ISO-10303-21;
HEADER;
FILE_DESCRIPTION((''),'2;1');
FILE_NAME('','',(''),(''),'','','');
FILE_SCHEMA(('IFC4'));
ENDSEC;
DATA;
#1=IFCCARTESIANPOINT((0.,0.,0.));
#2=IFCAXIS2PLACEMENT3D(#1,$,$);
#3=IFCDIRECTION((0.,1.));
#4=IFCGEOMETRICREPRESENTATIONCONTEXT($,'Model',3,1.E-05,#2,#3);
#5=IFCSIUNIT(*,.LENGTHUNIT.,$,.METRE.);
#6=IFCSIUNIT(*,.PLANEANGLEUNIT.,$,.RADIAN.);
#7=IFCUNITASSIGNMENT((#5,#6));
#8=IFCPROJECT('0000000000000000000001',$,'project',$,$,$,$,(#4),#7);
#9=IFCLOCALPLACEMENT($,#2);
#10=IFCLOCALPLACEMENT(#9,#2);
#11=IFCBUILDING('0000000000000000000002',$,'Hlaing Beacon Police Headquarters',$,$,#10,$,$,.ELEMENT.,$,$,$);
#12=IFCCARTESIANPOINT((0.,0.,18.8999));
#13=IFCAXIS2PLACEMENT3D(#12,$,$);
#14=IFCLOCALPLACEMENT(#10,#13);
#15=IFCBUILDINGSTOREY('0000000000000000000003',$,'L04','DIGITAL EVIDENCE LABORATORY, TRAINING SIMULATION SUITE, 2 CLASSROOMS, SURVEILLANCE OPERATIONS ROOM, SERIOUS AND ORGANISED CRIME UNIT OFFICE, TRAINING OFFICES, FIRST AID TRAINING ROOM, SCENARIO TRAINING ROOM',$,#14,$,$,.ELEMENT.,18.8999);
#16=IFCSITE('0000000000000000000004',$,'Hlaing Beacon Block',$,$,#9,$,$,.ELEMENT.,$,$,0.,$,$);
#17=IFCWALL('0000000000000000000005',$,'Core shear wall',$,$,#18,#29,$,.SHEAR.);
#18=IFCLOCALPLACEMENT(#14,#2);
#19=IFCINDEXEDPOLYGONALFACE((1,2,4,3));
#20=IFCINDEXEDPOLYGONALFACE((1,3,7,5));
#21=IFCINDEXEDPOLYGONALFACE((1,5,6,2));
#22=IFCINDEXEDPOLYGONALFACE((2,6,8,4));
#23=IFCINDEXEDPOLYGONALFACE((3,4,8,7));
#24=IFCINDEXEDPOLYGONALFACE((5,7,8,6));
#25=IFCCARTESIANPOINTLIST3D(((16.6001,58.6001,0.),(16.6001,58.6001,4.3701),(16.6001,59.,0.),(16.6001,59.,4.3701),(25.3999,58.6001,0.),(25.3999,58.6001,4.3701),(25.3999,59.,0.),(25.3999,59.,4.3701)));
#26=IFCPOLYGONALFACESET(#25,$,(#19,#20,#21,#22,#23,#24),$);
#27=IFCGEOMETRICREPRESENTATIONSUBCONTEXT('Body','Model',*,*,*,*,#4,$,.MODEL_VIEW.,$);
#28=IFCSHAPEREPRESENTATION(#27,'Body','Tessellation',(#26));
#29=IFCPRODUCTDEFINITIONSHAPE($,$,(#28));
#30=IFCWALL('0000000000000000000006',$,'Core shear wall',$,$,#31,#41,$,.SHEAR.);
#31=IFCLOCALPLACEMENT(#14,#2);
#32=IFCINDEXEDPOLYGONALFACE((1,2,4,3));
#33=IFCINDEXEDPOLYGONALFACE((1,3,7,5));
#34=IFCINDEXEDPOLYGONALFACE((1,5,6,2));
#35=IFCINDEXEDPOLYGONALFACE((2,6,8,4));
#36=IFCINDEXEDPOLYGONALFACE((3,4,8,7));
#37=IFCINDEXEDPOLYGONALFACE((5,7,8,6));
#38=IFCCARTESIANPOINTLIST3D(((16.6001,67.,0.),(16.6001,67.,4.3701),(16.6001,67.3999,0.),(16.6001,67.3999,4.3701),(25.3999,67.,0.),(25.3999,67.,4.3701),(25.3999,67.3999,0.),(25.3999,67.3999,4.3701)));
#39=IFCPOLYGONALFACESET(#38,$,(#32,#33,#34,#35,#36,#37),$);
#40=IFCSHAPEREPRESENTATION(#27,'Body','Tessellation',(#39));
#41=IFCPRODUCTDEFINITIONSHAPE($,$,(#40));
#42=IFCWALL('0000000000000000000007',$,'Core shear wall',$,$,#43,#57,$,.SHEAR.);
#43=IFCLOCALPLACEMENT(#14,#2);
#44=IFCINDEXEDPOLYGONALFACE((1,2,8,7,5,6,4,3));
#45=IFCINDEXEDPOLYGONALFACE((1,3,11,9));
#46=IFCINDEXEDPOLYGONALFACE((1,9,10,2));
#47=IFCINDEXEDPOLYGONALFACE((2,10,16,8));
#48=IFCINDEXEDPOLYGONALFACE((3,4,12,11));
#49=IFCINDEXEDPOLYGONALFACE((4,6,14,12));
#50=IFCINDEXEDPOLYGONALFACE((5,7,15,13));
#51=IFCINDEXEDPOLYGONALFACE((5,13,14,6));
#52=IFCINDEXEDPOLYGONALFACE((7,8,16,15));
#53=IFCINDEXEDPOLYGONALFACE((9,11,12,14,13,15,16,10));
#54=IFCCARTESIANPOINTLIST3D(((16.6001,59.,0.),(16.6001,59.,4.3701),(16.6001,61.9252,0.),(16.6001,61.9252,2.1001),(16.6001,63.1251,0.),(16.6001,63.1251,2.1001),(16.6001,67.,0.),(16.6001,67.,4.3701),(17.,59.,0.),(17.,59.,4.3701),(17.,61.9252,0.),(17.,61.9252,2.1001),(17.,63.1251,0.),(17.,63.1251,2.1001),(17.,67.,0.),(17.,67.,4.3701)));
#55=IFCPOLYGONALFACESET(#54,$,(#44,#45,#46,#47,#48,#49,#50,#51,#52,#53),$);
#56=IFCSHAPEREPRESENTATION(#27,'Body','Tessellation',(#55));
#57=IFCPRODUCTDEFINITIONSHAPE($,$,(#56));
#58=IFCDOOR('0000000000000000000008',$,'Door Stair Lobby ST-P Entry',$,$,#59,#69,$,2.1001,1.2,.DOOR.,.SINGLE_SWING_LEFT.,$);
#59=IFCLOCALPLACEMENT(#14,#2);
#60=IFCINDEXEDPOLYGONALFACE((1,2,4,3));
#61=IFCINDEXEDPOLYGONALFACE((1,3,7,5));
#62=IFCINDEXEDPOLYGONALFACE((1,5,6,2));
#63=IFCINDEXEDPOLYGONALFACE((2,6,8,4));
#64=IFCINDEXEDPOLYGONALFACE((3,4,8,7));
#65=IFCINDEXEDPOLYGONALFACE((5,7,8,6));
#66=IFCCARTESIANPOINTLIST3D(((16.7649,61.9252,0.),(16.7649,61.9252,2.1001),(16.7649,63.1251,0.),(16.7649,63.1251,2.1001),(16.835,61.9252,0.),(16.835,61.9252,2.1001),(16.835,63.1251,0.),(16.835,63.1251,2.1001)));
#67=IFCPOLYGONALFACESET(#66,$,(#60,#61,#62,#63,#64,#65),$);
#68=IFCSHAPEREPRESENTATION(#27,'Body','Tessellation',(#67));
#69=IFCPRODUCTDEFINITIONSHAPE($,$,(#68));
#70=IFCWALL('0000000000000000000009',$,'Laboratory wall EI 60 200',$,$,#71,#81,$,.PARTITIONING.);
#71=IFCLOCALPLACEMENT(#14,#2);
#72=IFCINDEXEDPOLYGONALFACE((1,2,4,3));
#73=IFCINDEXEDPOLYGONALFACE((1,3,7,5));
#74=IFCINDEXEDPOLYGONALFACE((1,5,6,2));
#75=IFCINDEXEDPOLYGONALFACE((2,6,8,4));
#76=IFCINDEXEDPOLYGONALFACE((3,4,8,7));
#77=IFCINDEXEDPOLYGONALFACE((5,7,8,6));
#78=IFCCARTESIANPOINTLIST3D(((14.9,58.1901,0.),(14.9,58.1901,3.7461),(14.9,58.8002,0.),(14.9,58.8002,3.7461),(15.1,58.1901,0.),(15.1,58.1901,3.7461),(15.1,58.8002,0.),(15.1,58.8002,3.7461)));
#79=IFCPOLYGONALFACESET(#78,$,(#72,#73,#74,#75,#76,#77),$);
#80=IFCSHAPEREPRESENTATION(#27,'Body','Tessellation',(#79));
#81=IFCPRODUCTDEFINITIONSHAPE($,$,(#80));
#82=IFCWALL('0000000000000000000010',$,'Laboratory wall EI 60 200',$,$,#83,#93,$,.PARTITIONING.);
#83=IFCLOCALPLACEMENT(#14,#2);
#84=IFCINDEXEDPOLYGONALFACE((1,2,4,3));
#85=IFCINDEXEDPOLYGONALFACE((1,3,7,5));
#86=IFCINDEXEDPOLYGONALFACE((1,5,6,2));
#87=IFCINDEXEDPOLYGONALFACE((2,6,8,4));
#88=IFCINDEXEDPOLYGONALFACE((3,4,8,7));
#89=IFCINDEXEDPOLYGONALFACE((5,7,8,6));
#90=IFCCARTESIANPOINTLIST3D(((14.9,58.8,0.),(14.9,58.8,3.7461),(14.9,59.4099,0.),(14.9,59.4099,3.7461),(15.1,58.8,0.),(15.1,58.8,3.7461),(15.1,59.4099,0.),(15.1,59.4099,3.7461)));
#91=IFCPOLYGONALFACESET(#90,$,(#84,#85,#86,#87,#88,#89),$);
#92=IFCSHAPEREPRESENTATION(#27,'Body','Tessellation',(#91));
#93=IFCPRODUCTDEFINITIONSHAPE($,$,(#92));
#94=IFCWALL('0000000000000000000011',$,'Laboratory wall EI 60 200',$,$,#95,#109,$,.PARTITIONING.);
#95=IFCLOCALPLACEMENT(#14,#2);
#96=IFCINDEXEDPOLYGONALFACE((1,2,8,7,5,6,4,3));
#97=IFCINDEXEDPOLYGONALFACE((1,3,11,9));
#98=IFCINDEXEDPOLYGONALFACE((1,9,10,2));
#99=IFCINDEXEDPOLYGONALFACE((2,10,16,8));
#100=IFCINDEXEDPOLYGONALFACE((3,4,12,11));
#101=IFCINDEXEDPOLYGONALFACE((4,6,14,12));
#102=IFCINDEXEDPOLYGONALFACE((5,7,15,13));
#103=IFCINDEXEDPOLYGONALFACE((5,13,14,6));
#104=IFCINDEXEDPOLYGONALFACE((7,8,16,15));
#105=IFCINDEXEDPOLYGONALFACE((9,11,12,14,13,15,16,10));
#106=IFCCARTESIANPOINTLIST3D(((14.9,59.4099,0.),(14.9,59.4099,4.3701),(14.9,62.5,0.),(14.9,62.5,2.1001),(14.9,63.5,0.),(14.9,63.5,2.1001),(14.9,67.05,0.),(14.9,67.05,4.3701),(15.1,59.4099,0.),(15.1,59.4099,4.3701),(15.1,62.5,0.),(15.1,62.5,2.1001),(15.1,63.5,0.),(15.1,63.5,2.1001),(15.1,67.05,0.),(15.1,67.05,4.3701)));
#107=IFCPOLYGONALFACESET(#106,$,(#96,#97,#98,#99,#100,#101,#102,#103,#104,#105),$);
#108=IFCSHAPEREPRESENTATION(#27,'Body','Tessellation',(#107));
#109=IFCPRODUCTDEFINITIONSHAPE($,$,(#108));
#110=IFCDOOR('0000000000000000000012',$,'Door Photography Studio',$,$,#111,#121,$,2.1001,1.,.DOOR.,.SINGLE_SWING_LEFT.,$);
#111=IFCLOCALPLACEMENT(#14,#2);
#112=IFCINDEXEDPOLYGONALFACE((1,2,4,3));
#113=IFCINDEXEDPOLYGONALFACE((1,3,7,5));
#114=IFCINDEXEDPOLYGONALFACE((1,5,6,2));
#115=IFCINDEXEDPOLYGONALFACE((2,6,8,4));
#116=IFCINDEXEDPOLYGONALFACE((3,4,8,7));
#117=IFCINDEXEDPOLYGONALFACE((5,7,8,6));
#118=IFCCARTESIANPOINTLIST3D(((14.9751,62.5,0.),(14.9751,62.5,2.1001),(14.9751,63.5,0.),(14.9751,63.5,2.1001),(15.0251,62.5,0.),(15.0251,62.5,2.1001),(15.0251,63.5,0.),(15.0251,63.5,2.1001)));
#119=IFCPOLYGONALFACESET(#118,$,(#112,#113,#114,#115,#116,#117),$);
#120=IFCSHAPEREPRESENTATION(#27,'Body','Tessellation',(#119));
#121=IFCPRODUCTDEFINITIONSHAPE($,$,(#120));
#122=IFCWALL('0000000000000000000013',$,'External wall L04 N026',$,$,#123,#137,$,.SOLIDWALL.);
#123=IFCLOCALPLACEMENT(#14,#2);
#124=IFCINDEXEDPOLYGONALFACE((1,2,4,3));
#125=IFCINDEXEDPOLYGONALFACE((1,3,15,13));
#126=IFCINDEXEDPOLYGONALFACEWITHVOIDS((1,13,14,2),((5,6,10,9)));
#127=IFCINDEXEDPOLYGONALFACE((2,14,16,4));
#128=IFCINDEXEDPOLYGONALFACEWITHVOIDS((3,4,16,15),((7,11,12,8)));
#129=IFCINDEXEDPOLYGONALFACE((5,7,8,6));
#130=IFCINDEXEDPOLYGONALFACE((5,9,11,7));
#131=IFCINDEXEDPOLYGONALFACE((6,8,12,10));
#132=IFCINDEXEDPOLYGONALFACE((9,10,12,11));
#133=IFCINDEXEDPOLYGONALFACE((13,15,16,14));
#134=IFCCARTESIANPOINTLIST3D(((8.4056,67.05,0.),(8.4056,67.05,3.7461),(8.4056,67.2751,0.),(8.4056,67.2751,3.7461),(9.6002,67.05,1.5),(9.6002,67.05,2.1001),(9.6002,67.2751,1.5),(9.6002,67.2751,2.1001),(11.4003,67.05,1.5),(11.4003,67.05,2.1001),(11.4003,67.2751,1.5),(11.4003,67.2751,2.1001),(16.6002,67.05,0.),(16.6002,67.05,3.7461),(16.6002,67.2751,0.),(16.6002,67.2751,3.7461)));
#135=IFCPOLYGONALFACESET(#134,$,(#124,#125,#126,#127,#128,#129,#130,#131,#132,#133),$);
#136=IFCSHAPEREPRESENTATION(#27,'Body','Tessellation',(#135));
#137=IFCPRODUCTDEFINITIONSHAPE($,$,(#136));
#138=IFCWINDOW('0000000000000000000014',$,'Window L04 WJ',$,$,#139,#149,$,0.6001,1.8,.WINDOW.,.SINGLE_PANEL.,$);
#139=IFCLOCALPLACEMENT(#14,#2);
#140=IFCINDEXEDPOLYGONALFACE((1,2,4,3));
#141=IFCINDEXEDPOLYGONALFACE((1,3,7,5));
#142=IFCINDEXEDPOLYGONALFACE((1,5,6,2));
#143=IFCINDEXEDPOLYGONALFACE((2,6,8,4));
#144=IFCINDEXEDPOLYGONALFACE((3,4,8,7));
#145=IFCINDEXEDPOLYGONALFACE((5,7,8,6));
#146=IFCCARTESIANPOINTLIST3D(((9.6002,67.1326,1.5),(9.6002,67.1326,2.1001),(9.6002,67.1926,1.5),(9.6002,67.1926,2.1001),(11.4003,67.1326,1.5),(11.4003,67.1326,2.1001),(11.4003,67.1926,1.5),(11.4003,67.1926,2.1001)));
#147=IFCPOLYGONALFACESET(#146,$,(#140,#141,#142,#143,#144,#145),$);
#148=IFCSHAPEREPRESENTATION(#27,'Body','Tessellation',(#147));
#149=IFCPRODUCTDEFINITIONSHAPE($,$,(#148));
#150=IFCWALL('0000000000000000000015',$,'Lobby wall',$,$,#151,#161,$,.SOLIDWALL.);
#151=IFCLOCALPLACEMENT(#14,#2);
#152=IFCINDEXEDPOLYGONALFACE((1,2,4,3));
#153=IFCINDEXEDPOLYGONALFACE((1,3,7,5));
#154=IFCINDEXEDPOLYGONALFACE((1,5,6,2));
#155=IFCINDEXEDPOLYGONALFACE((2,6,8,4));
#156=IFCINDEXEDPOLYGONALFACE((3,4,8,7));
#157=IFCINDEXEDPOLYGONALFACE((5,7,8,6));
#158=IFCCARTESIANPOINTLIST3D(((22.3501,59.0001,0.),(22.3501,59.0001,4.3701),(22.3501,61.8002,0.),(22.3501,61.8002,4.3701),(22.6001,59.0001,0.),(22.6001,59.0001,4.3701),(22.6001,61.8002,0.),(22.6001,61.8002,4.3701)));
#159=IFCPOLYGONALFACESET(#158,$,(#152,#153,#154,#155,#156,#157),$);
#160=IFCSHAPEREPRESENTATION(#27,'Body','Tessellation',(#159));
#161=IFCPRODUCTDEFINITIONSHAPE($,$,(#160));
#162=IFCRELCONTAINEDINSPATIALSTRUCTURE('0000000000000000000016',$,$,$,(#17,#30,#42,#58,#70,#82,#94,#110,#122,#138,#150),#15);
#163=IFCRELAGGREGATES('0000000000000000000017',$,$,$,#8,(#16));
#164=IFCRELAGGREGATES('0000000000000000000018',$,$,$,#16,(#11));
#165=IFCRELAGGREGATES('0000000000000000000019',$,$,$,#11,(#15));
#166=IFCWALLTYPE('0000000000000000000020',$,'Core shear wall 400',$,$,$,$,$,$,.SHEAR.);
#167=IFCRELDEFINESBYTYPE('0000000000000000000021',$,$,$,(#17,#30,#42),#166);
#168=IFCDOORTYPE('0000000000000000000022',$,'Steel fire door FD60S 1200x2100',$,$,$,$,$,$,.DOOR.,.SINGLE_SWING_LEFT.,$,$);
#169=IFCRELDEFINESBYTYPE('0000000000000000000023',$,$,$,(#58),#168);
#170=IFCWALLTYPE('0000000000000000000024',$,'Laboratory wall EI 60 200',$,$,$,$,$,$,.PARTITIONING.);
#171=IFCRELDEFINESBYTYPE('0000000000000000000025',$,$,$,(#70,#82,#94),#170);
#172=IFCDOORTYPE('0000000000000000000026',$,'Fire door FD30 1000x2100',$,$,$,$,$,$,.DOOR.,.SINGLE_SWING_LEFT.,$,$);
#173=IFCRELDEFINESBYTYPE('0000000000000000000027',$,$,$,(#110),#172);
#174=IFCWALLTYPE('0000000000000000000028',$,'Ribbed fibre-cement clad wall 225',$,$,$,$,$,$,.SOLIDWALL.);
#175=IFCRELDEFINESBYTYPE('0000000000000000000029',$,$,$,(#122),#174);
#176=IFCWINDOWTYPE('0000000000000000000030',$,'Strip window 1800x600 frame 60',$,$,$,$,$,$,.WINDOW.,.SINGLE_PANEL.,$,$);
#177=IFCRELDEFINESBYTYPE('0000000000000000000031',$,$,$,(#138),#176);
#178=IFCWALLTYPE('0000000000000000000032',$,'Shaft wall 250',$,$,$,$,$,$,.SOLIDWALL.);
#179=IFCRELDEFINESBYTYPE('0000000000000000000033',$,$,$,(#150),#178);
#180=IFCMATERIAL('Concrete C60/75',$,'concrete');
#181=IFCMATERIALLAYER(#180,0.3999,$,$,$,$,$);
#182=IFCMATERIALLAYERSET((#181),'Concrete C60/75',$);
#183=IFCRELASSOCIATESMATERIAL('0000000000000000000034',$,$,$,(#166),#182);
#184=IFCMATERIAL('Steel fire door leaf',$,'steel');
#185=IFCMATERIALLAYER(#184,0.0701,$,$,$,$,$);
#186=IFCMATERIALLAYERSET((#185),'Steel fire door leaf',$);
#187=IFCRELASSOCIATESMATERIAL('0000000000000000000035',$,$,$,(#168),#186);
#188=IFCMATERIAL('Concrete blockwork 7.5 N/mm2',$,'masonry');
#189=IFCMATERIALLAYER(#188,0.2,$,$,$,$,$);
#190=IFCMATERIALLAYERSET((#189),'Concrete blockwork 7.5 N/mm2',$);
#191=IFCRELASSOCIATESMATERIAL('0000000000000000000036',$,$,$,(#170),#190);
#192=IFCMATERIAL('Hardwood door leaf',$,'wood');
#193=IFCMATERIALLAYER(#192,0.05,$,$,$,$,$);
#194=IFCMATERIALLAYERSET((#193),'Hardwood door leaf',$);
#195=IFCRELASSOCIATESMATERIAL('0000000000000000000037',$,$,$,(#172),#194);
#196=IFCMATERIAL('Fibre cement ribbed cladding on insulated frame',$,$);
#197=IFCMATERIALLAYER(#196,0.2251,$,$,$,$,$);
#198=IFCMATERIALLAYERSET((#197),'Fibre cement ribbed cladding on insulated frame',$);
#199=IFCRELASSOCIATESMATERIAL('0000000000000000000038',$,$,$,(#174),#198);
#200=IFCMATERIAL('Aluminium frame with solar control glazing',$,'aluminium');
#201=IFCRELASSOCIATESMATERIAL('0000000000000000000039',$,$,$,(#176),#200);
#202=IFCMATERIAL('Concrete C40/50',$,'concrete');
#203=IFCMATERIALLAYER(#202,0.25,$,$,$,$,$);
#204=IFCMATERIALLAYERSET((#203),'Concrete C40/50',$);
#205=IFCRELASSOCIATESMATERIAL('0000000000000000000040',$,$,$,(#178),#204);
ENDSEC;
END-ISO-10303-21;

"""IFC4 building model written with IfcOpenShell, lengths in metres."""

from ifc_helpers import new_model, si_unit, direction, frame, frame_2d, origin, place, context, subcontext, project, spatial, rectangle, extrude, material, layer, layer_set, type_object, element, fill, save


model = new_model("IFC4")

# Units and contexts
model_context = context("Model", 3, precision=1e-05, world=origin(), true_north=direction((0.0, 1.0)))
body_context = subcontext(model_context, "Body", "Model", "MODEL_VIEW")
ifc_project = project(units=[si_unit("LENGTHUNIT", "METRE"), si_unit("PLANEANGLEUNIT", "RADIAN")], contexts=[model_context])

# Site, building, storey
site_placement = place(None, origin())
site = spatial("IfcSite", under=ifc_project, at=site_placement, Name="Hlaing Beacon Block", CompositionType="ELEMENT", RefElevation=0.0)
building_placement = place(site_placement, origin())
building = spatial("IfcBuilding", under=site, at=building_placement, Name="Hlaing Beacon Police Headquarters", CompositionType="ELEMENT")
storey_placement = place(building_placement, frame((0.0, 0.0, 18.8999)))
storey = spatial("IfcBuildingStorey", under=building, at=storey_placement, Name="L04", Description="DIGITAL EVIDENCE LABORATORY, TRAINING SIMULATION SUITE, 2 CLASSROOMS, SURVEILLANCE OPERATIONS ROOM, SERIOUS AND ORGANISED CRIME UNIT OFFICE, TRAINING OFFICES, FIRST AID TRAINING ROOM, SCENARIO TRAINING ROOM", CompositionType="ELEMENT", Elevation=18.8999)

# Walls
ifc_material_1 = material(Name="Concrete C60/75", Category="concrete")
ifc_layer_1 = layer(ifc_material_1, 0.3999)
ifc_layer_set_1 = layer_set([ifc_layer_1], Name="Concrete C60/75")
wall_type_1 = type_object("IfcWallType", Name="Core shear wall 400", PredefinedType="SHEAR", material=ifc_layer_set_1)
for number, where, z_axis, x_axis, name in (
    (1, (16.6001, 58.8, 0.0), (0.0, 0.0, 1.0), (1.0, 0.0, 0.0), "Core shear wall"),
    (2, (16.6001, 67.2, 0.0), (0.0, 0.0, 1.0), (1.0, 0.0, 0.0), "Core shear wall"),
):
    element("IfcWall", number, at=place(storey_placement, frame(where, z_axis=z_axis, x_axis=x_axis)), inside=storey, type_object=wall_type_1, Name=name, PredefinedType="SHEAR", context=body_context, shape_type="SweptSolid", body=[
        extrude(rectangle(XDim=8.7998, YDim=0.3999, at=frame_2d((4.3999, 0.0))), origin(), (0.0, 0.0, 1.0), 4.3701),
    ])

# Wall, opening, door
wall_1_placement = place(storey_placement, frame((16.8, 59.0, 0.0), z_axis=(0.0, 0.0, 1.0), x_axis=(0.0, 1.0, 0.0)))
wall_1 = element("IfcWall", 3, at=wall_1_placement, inside=storey, type_object=wall_type_1, Name="Core shear wall", PredefinedType="SHEAR", context=body_context, shape_type="SweptSolid", body=[
    extrude(rectangle(XDim=8.0, YDim=0.3999, at=frame_2d((4.0, 0.0))), origin(), (0.0, 0.0, 1.0), 4.3701),
])
opening_1_placement = place(wall_1_placement, frame((2.925, 0.0, 0.0)))
opening_1 = element("IfcOpeningElement", 4, at=opening_1_placement, cuts=wall_1, PredefinedType="OPENING", context=body_context, shape_type="SweptSolid", body=[
    extrude(rectangle(XDim=1.2, YDim=2.1001, at=frame_2d((0.6001, 1.05))), frame((0.0, 0.21, 0.0), z_axis=(0.0, -1.0, 0.0), x_axis=(1.0, 0.0, 0.0)), (0.0, 0.0, 1.0), 0.4199),
])
ifc_material_2 = material(Name="Steel fire door leaf", Category="steel")
ifc_layer_2 = layer(ifc_material_2, 0.0701)
ifc_layer_set_2 = layer_set([ifc_layer_2], Name="Steel fire door leaf")
door_type_1 = type_object("IfcDoorType", Name="Steel fire door FD60S 1200x2100", OperationType="SINGLE_SWING_LEFT", PredefinedType="DOOR", material=ifc_layer_set_2)
door_1_placement = place(opening_1_placement, frame((1.2, 0.0, 0.0), z_axis=(0.0, 0.0, 1.0), x_axis=(-1.0, 0.0, 0.0)))
door_1 = element("IfcDoor", 5, at=door_1_placement, inside=storey, type_object=door_type_1, Name="Door Stair Lobby ST-P Entry", OperationType="SINGLE_SWING_LEFT", OverallHeight=2.1001, OverallWidth=1.2, PredefinedType="DOOR", context=body_context, shape_type="SweptSolid", body=[
    extrude(rectangle(XDim=1.2, YDim=2.1001, at=frame_2d((0.5999, 1.05))), frame((0.0, 0.0349, 0.0), z_axis=(0.0, -1.0, 0.0), x_axis=(1.0, 0.0, 0.0)), (0.0, 0.0, 1.0), 0.0701),
])
fill(opening_1, door_1)

# Walls
ifc_material_3 = material(Name="Concrete blockwork 7.5 N/mm2", Category="masonry")
ifc_layer_3 = layer(ifc_material_3, 0.2)
ifc_layer_set_3 = layer_set([ifc_layer_3], Name="Concrete blockwork 7.5 N/mm2")
wall_type_2 = type_object("IfcWallType", Name="Laboratory wall EI 60 200", PredefinedType="PARTITIONING", material=ifc_layer_set_3)
wall_2_placement = place(storey_placement, frame((15.0, 58.1899, 0.0), z_axis=(0.0, 0.0, 1.0), x_axis=(0.0, 1.0, 0.0)))
element("IfcWall", 6, at=wall_2_placement, inside=storey, type_object=wall_type_2, Name="Laboratory wall EI 60 200", PredefinedType="PARTITIONING", context=body_context, shape_type="SweptSolid", body=[
    extrude(rectangle(XDim=0.6101, YDim=0.2, at=frame_2d((0.3052, 0.0))), origin(), (0.0, 0.0, 1.0), 3.7461),
])
wall_3_placement = place(storey_placement, frame((15.0, 58.8, 0.0), z_axis=(0.0, 0.0, 1.0), x_axis=(0.0, 1.0, 0.0)))
element("IfcWall", 7, at=wall_3_placement, inside=storey, type_object=wall_type_2, Name="Laboratory wall EI 60 200", PredefinedType="PARTITIONING", context=body_context, shape_type="SweptSolid", body=[
    extrude(rectangle(XDim=0.6099, YDim=0.2, at=frame_2d((0.3049, 0.0))), origin(), (0.0, 0.0, 1.0), 3.7461),
])

# Wall, opening, door
wall_4_placement = place(storey_placement, frame((15.0, 59.4099, 0.0), z_axis=(0.0, 0.0, 1.0), x_axis=(0.0, 1.0, 0.0)))
wall_4 = element("IfcWall", 8, at=wall_4_placement, inside=storey, type_object=wall_type_2, Name="Laboratory wall EI 60 200", PredefinedType="PARTITIONING", context=body_context, shape_type="SweptSolid", body=[
    extrude(rectangle(XDim=7.6401, YDim=0.2, at=frame_2d((3.8201, 0.0))), origin(), (0.0, 0.0, 1.0), 4.3701),
])
opening_2_placement = place(wall_4_placement, frame((3.0901, 0.0, 0.0)))
opening_2 = element("IfcOpeningElement", 9, at=opening_2_placement, cuts=wall_4, PredefinedType="OPENING", context=body_context, shape_type="SweptSolid", body=[
    extrude(rectangle(XDim=1.0, YDim=2.1001, at=frame_2d((0.5, 1.05))), frame((0.0, 0.1099, 0.0), z_axis=(0.0, -1.0, 0.0), x_axis=(1.0, 0.0, 0.0)), (0.0, 0.0, 1.0), 0.22),
])
ifc_material_4 = material(Name="Hardwood door leaf", Category="wood")
ifc_layer_4 = layer(ifc_material_4, 0.05)
ifc_layer_set_4 = layer_set([ifc_layer_4], Name="Hardwood door leaf")
door_type_2 = type_object("IfcDoorType", Name="Fire door FD30 1000x2100", OperationType="SINGLE_SWING_LEFT", PredefinedType="DOOR", material=ifc_layer_set_4)
door_2_placement = place(opening_2_placement, origin())
door_2 = element("IfcDoor", 10, at=door_2_placement, inside=storey, type_object=door_type_2, Name="Door Photography Studio", OperationType="SINGLE_SWING_LEFT", OverallHeight=2.1001, OverallWidth=1.0, PredefinedType="DOOR", context=body_context, shape_type="SweptSolid", body=[
    extrude(rectangle(XDim=1.0, YDim=2.1001, at=frame_2d((0.5, 1.05))), frame((0.0, 0.0249, 0.0), z_axis=(0.0, -1.0, 0.0), x_axis=(1.0, 0.0, 0.0)), (0.0, 0.0, 1.0), 0.05),
])
fill(opening_2, door_2)

# Wall, opening, window
ifc_material_5 = material(Name="Fibre cement ribbed cladding on insulated frame")
ifc_layer_5 = layer(ifc_material_5, 0.2251)
ifc_layer_set_5 = layer_set([ifc_layer_5], Name="Fibre cement ribbed cladding on insulated frame")
wall_type_3 = type_object("IfcWallType", Name="Ribbed fibre-cement clad wall 225", PredefinedType="SOLIDWALL", material=ifc_layer_set_5)
wall_5_placement = place(storey_placement, frame((16.6001, 67.1626, 0.0), z_axis=(0.0, 0.0, 1.0), x_axis=(-1.0, 0.0, 0.0)))
wall_5 = element("IfcWall", 11, at=wall_5_placement, inside=storey, type_object=wall_type_3, Name="External wall L04 N026", PredefinedType="SOLIDWALL", context=body_context, shape_type="SweptSolid", body=[
    extrude(rectangle(XDim=8.1946, YDim=0.2251, at=frame_2d((4.0972, 0.0))), origin(), (0.0, 0.0, 1.0), 3.7461),
])
opening_3_placement = place(wall_5_placement, frame((5.2, 0.0, 1.5)))
opening_3 = element("IfcOpeningElement", 12, at=opening_3_placement, cuts=wall_5, PredefinedType="OPENING", context=body_context, shape_type="SweptSolid", body=[
    extrude(rectangle(XDim=1.8, YDim=0.6001, at=frame_2d((0.8999, 0.3))), frame((0.0, 0.1226, 0.0), z_axis=(0.0, -1.0, 0.0), x_axis=(1.0, 0.0, 0.0)), (0.0, 0.0, 1.0), 0.2451),
])
ifc_material_6 = material(Name="Aluminium frame with solar control glazing", Category="aluminium")
window_type = type_object("IfcWindowType", Name="Strip window 1800x600 frame 60", PartitioningType="SINGLE_PANEL", PredefinedType="WINDOW", material=ifc_material_6)
window_placement = place(opening_3_placement, origin())
window = element("IfcWindow", 13, at=window_placement, inside=storey, type_object=window_type, Name="Window L04 WJ", OverallHeight=0.6001, OverallWidth=1.8, PartitioningType="SINGLE_PANEL", PredefinedType="WINDOW", context=body_context, shape_type="SweptSolid", body=[
    extrude(rectangle(XDim=1.8, YDim=0.6001, at=frame_2d((0.8999, 0.3))), frame((0.0, 0.03, 0.0), z_axis=(0.0, -1.0, 0.0), x_axis=(1.0, 0.0, 0.0)), (0.0, 0.0, 1.0), 0.0601),
])
fill(opening_3, window)

# Wall
ifc_material_7 = material(Name="Concrete C40/50", Category="concrete")
ifc_layer_6 = layer(ifc_material_7, 0.25)
ifc_layer_set_6 = layer_set([ifc_layer_6], Name="Concrete C40/50")
wall_type_4 = type_object("IfcWallType", Name="Shaft wall 250", PredefinedType="SOLIDWALL", material=ifc_layer_set_6)
wall_6_placement = place(storey_placement, frame((22.4751, 61.8, 0.0), z_axis=(0.0, 0.0, 1.0), x_axis=(0.0, -1.0, 0.0)))
element("IfcWall", 14, at=wall_6_placement, inside=storey, type_object=wall_type_4, Name="Lobby wall", PredefinedType="SOLIDWALL", context=body_context, shape_type="SweptSolid", body=[
    extrude(rectangle(XDim=2.8, YDim=0.25, at=frame_2d((1.3999, 0.0))), origin(), (0.0, 0.0, 1.0), 4.3701),
])

save(model, "model.ifc")
